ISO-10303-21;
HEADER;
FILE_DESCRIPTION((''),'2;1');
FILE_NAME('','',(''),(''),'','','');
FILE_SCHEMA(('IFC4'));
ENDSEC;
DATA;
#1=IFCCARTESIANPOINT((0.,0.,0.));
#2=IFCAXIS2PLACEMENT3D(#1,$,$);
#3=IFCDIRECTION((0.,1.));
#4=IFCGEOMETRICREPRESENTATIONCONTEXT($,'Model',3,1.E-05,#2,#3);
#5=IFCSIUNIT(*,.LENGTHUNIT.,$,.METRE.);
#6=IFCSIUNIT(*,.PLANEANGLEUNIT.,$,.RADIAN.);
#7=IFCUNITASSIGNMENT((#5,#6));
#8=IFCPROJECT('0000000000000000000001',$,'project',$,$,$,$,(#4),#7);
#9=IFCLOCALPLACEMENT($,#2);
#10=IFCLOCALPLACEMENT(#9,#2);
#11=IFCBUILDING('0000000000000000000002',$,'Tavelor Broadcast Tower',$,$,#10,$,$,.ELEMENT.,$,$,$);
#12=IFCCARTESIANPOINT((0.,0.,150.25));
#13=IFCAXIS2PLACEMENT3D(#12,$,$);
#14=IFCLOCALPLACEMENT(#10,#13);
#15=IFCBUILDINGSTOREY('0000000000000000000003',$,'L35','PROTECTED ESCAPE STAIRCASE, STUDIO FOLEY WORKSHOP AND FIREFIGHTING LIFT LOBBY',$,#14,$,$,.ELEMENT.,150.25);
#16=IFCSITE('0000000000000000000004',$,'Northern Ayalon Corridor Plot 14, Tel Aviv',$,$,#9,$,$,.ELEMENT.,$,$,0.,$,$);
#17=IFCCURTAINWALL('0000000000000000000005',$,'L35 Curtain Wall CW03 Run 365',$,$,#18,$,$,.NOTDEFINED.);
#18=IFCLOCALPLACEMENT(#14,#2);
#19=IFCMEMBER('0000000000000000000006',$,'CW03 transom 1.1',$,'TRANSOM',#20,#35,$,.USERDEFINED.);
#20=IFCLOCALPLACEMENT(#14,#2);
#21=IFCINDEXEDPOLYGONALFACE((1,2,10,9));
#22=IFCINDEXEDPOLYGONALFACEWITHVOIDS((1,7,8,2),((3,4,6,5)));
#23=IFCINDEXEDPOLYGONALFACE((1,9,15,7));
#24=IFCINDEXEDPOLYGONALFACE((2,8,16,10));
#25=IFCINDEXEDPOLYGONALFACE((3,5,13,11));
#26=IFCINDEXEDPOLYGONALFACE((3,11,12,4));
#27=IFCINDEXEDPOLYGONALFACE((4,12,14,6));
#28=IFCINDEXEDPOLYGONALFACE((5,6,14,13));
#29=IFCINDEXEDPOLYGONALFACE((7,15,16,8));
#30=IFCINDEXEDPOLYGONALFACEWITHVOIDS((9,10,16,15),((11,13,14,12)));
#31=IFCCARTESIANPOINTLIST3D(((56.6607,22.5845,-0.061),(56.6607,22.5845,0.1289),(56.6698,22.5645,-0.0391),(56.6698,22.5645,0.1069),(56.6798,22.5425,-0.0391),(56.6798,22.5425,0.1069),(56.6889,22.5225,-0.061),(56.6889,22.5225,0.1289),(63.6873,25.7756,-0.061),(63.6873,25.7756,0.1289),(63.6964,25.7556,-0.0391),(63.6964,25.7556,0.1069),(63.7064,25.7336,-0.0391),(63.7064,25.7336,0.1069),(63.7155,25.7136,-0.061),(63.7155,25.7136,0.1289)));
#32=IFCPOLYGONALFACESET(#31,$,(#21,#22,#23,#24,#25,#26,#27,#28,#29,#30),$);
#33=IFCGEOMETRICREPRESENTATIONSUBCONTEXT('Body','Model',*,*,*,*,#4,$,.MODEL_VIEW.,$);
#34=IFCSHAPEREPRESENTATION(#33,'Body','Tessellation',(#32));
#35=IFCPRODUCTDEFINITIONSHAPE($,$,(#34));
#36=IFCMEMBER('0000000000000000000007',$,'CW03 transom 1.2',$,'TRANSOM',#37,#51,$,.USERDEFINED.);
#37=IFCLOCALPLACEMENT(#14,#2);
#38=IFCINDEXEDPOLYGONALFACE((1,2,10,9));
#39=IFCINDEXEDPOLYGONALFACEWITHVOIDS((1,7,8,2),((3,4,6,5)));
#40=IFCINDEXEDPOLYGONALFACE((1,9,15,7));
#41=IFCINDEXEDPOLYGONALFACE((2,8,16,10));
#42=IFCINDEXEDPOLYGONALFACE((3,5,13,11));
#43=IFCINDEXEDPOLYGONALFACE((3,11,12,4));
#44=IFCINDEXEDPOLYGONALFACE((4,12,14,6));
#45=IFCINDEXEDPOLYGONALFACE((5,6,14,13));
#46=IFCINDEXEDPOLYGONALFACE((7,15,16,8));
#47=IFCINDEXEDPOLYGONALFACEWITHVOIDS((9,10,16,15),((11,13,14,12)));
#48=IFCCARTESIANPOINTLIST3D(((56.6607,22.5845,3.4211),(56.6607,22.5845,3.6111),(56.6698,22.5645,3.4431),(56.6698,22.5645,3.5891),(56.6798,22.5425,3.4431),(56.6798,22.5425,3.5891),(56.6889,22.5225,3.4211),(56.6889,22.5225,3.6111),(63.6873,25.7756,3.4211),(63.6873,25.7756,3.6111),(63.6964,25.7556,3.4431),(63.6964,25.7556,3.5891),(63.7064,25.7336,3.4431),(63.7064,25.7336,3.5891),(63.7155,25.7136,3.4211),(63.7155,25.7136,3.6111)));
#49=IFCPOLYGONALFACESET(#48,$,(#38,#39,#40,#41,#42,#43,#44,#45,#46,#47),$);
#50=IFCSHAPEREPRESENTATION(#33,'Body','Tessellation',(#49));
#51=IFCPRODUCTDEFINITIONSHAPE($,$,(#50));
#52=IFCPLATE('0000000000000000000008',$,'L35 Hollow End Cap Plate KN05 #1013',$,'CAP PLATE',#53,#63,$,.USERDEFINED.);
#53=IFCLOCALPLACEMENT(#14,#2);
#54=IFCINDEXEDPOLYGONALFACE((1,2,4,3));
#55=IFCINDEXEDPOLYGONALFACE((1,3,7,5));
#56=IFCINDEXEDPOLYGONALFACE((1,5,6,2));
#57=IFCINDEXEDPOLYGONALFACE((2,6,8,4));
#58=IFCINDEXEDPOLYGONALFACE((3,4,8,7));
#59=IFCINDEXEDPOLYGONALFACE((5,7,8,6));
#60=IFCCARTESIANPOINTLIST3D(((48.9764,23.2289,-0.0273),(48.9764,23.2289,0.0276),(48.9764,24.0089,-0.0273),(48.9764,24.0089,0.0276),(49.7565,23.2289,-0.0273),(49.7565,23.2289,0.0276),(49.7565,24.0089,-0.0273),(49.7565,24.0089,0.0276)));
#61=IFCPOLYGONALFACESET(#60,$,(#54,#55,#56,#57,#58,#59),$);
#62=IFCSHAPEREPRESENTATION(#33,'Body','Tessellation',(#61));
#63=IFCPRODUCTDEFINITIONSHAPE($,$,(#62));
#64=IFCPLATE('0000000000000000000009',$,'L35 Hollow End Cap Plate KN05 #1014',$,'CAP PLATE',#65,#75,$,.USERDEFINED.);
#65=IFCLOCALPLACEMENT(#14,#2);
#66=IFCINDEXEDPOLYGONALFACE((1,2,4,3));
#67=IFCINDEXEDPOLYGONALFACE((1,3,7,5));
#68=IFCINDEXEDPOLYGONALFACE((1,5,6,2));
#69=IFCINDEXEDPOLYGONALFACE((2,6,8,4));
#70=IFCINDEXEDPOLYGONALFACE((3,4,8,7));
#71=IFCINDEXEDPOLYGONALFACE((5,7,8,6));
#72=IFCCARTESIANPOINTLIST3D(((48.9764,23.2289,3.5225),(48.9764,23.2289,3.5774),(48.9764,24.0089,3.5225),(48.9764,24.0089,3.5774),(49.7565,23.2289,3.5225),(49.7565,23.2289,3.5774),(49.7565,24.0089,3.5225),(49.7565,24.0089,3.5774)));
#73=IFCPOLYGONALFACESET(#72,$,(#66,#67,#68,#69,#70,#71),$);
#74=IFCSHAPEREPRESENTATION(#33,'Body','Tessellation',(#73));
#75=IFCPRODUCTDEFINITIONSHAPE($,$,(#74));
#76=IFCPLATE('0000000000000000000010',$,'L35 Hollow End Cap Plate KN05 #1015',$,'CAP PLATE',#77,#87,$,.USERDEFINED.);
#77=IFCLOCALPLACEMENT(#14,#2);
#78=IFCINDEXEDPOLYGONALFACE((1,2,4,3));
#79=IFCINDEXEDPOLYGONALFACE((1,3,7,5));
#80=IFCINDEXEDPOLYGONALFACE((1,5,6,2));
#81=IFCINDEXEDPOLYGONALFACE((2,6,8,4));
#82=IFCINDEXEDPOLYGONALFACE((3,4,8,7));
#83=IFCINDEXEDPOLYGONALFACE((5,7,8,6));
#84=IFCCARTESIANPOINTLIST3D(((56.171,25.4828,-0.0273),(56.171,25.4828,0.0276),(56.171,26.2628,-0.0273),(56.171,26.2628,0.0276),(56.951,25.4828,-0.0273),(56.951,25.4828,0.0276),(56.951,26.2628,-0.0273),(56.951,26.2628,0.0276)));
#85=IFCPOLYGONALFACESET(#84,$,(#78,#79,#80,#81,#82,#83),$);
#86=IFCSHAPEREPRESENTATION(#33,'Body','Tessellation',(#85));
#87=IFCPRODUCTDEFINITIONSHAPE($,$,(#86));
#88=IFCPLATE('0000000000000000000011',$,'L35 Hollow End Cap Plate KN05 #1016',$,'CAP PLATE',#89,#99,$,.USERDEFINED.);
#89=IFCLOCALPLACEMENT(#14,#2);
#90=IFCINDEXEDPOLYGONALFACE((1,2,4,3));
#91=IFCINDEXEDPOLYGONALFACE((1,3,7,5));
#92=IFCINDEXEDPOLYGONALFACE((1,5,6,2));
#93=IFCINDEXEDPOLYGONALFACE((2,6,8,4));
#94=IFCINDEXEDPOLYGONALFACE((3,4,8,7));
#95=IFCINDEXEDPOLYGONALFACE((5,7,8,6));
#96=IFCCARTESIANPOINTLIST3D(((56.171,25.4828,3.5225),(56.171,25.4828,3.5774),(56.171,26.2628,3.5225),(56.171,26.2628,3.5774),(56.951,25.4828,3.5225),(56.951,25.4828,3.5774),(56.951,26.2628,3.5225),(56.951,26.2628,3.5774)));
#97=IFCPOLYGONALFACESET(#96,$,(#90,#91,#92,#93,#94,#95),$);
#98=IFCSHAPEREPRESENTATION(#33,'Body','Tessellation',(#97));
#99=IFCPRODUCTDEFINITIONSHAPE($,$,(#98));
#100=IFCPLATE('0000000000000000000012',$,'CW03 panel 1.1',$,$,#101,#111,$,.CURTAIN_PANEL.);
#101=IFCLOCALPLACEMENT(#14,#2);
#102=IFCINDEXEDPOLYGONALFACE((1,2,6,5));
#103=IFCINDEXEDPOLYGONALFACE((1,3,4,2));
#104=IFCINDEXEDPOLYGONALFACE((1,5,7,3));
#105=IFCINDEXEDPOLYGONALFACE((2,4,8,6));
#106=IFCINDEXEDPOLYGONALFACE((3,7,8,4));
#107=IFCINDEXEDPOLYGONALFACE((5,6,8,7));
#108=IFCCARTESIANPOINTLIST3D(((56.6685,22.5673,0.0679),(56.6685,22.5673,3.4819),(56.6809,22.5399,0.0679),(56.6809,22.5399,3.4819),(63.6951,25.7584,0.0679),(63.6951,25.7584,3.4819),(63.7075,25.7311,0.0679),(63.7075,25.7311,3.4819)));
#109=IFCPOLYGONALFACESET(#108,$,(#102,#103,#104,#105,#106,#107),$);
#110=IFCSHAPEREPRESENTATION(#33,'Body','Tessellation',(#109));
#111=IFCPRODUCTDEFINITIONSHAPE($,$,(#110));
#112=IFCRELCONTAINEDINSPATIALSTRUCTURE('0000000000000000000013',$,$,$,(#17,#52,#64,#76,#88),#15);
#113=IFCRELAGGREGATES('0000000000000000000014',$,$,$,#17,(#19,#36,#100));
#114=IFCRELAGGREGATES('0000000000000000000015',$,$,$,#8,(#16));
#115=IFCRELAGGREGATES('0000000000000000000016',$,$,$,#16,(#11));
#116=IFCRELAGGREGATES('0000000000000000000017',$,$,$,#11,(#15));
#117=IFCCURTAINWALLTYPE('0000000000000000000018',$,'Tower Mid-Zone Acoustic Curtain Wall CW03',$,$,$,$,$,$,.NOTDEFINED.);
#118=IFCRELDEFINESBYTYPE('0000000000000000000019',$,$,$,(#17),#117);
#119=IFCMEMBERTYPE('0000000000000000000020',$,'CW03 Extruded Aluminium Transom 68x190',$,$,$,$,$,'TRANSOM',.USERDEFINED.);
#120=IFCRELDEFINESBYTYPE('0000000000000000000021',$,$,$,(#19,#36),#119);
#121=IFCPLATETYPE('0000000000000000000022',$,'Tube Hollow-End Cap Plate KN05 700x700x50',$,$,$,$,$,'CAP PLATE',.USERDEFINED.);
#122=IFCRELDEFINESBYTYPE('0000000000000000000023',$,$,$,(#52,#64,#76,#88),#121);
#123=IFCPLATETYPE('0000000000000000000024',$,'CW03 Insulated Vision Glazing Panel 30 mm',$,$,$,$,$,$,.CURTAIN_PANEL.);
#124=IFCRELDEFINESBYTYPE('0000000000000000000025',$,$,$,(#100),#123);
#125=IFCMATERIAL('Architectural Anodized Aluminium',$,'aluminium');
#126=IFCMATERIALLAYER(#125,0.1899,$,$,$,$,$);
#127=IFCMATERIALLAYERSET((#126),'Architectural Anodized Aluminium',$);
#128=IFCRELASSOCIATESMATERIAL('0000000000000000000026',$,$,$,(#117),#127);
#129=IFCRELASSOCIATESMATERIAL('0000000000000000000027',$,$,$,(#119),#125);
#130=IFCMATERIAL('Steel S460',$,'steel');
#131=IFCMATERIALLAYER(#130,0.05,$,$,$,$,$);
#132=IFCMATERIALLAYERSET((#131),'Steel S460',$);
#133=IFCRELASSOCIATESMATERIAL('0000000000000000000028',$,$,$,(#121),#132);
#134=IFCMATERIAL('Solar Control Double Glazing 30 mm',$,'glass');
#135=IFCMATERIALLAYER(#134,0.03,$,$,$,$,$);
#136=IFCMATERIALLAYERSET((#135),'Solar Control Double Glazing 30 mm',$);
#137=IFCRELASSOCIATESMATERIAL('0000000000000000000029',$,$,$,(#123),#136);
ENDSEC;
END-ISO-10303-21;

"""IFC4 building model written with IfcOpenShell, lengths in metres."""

from ifc_helpers import new_model, si_unit, direction, frame, origin, origin_2d, place, context, subcontext, project, spatial, rectangle, hollow_rectangle, extrude, source, transform, mapped, material, layer, layer_set, material_profile, profile_set, type_object, type_shapes, element, aggregate, save


model = new_model("IFC4")

# Units and contexts
model_context = context("Model", 3, precision=1e-05, world=origin(), true_north=direction((0.0, 1.0)))
body_context = subcontext(model_context, "Body", "Model", "MODEL_VIEW")
ifc_project = project(units=[si_unit("LENGTHUNIT", "METRE"), si_unit("PLANEANGLEUNIT", "RADIAN")], contexts=[model_context])

# Site, building, storey
site_placement = place(None, origin())
site = spatial("IfcSite", under=ifc_project, at=site_placement, Name="Northern Ayalon Corridor Plot 14, Tel Aviv", CompositionType="ELEMENT", RefElevation=0.0)
building_placement = place(site_placement, origin())
building = spatial("IfcBuilding", under=site, at=building_placement, Name="Tavelor Broadcast Tower", CompositionType="ELEMENT")
storey_placement = place(building_placement, frame((0.0, 0.0, 150.25)))
storey = spatial("IfcBuildingStorey", under=building, at=storey_placement, Name="L35", Description="PROTECTED ESCAPE STAIRCASE, STUDIO FOLEY WORKSHOP AND FIREFIGHTING LIFT LOBBY", CompositionType="ELEMENT", Elevation=150.25)

# Shared definitions
ifc_material_1 = material(Name="Steel S460", Category="steel")

# Curtain wall, members
ifc_material_2 = material(Name="Architectural Anodized Aluminium", Category="aluminium")
ifc_layer_1 = layer(ifc_material_2, 0.1899)
ifc_layer_set_1 = layer_set([ifc_layer_1], Name="Architectural Anodized Aluminium")
curtain_wall_type = type_object("IfcCurtainWallType", Name="Tower Mid-Zone Acoustic Curtain Wall CW03", PredefinedType="NOTDEFINED", material=ifc_layer_set_1)
curtain_wall_placement = place(storey_placement, origin())
curtain_wall = element("IfcCurtainWall", 1, at=curtain_wall_placement, inside=storey, type_object=curtain_wall_type, Name="L35 Curtain Wall CW03 Run 365", PredefinedType="NOTDEFINED")
ifc_material_profile_1 = material_profile(ifc_material_2, hollow_rectangle(XDim=0.0681, YDim=0.1899, WallThickness=0.022, at=origin_2d()), Name="RHS 68x190x22")
ifc_profile_set_1 = profile_set([ifc_material_profile_1], Name="Architectural Anodized Aluminium")
member_type_1 = type_object("IfcMemberType", Name="CW03 Extruded Aluminium Transom 68x190", ElementType="TRANSOM", PredefinedType="USERDEFINED", material=ifc_profile_set_1)
shared_shape_1 = source(origin(), body_context, "Body", "SweptSolid", [
    extrude(hollow_rectangle(XDim=0.0681, YDim=0.1899, WallThickness=0.022, at=origin_2d()), origin(), (0.0, 0.0, 1.0), 7.7173),
])
type_shapes(member_type_1, [shared_shape_1])
member_1_placement = place(storey_placement, frame((56.6748, 22.5535, 0.0339), z_axis=(0.910501, 0.413507, 0.0), x_axis=(-0.413507, 0.910501, 0.0)))
member_1 = element("IfcMember", 2, at=member_1_placement, type_object=member_type_1, Name="CW03 transom 1.1", ObjectType="TRANSOM", PredefinedType="USERDEFINED", context=body_context, shape_type="MappedRepresentation", body=[
    mapped(shared_shape_1, transform((0.0, 0.0, 0.0), scale=1.0)),
])
member_2_placement = place(storey_placement, frame((56.6748, 22.5535, 3.5161), z_axis=(0.910501, 0.413507, 0.0), x_axis=(-0.413507, 0.910501, 0.0)))
member_2 = element("IfcMember", 3, at=member_2_placement, type_object=member_type_1, Name="CW03 transom 1.2", ObjectType="TRANSOM", PredefinedType="USERDEFINED", context=body_context, shape_type="MappedRepresentation", body=[
    mapped(shared_shape_1, transform((0.0, 0.0, 0.0), scale=1.0)),
])

# Plates
ifc_layer_2 = layer(ifc_material_1, 0.05)
ifc_layer_set_2 = layer_set([ifc_layer_2], Name="Steel S460")
plate_type_1 = type_object("IfcPlateType", Name="Tube Hollow-End Cap Plate KN05 700x700x50", ElementType="CAP PLATE", PredefinedType="USERDEFINED", material=ifc_layer_set_2)
shared_shape_2 = source(origin(), body_context, "Body", "SweptSolid", [
    extrude(rectangle(XDim=0.78, YDim=0.78, at=origin_2d()), origin(), (0.0, 0.0, 1.0), 0.0549),
])
type_shapes(plate_type_1, [shared_shape_2])
for number, where, z_axis, x_axis, name in (
    (4, (49.3665, 23.6189, -0.0273), (0.0, 0.0, 1.0), (1.0, 0.0, 0.0), "L35 Hollow End Cap Plate KN05 #1013"),
    (5, (49.3665, 23.6189, 3.5225), (0.0, 0.0, 1.0), (1.0, 0.0, 0.0), "L35 Hollow End Cap Plate KN05 #1014"),
    (6, (56.561, 25.8728, -0.0273), (0.0, 0.0, 1.0), (1.0, 0.0, 0.0), "L35 Hollow End Cap Plate KN05 #1015"),
    (7, (56.561, 25.8728, 3.5225), (0.0, 0.0, 1.0), (1.0, 0.0, 0.0), "L35 Hollow End Cap Plate KN05 #1016"),
):
    element("IfcPlate", number, at=place(storey_placement, frame(where, z_axis=z_axis, x_axis=x_axis)), inside=storey, type_object=plate_type_1, Name=name, ObjectType="CAP PLATE", PredefinedType="USERDEFINED", context=body_context, shape_type="MappedRepresentation", body=[
        mapped(shared_shape_2, transform((0.0, 0.0, 0.0), scale=1.0)),
    ])

# Plate
ifc_material_3 = material(Name="Solar Control Double Glazing 30 mm", Category="glass")
ifc_layer_3 = layer(ifc_material_3, 0.03)
ifc_layer_set_3 = layer_set([ifc_layer_3], Name="Solar Control Double Glazing 30 mm")
plate_type_2 = type_object("IfcPlateType", Name="CW03 Insulated Vision Glazing Panel 30 mm", PredefinedType="CURTAIN_PANEL", material=ifc_layer_set_3)
shared_shape_3 = source(origin(), body_context, "Body", "SweptSolid", [
    extrude(rectangle(XDim=7.7173, YDim=0.03, at=origin_2d()), origin(), (0.0, 0.0, 1.0), 3.4141),
])
type_shapes(plate_type_2, [shared_shape_3])
plate_placement = place(storey_placement, frame((60.188, 24.1492, 0.0679), z_axis=(0.0, 0.0, 1.0), x_axis=(0.9105, 0.413509, 0.0)))
plate = element("IfcPlate", 8, at=plate_placement, type_object=plate_type_2, Name="CW03 panel 1.1", PredefinedType="CURTAIN_PANEL", context=body_context, shape_type="MappedRepresentation", body=[
    mapped(shared_shape_3, transform((0.0, 0.0, 0.0), scale=1.0)),
])
aggregate(curtain_wall, [member_1, member_2, plate])

save(model, "model.ifc")
